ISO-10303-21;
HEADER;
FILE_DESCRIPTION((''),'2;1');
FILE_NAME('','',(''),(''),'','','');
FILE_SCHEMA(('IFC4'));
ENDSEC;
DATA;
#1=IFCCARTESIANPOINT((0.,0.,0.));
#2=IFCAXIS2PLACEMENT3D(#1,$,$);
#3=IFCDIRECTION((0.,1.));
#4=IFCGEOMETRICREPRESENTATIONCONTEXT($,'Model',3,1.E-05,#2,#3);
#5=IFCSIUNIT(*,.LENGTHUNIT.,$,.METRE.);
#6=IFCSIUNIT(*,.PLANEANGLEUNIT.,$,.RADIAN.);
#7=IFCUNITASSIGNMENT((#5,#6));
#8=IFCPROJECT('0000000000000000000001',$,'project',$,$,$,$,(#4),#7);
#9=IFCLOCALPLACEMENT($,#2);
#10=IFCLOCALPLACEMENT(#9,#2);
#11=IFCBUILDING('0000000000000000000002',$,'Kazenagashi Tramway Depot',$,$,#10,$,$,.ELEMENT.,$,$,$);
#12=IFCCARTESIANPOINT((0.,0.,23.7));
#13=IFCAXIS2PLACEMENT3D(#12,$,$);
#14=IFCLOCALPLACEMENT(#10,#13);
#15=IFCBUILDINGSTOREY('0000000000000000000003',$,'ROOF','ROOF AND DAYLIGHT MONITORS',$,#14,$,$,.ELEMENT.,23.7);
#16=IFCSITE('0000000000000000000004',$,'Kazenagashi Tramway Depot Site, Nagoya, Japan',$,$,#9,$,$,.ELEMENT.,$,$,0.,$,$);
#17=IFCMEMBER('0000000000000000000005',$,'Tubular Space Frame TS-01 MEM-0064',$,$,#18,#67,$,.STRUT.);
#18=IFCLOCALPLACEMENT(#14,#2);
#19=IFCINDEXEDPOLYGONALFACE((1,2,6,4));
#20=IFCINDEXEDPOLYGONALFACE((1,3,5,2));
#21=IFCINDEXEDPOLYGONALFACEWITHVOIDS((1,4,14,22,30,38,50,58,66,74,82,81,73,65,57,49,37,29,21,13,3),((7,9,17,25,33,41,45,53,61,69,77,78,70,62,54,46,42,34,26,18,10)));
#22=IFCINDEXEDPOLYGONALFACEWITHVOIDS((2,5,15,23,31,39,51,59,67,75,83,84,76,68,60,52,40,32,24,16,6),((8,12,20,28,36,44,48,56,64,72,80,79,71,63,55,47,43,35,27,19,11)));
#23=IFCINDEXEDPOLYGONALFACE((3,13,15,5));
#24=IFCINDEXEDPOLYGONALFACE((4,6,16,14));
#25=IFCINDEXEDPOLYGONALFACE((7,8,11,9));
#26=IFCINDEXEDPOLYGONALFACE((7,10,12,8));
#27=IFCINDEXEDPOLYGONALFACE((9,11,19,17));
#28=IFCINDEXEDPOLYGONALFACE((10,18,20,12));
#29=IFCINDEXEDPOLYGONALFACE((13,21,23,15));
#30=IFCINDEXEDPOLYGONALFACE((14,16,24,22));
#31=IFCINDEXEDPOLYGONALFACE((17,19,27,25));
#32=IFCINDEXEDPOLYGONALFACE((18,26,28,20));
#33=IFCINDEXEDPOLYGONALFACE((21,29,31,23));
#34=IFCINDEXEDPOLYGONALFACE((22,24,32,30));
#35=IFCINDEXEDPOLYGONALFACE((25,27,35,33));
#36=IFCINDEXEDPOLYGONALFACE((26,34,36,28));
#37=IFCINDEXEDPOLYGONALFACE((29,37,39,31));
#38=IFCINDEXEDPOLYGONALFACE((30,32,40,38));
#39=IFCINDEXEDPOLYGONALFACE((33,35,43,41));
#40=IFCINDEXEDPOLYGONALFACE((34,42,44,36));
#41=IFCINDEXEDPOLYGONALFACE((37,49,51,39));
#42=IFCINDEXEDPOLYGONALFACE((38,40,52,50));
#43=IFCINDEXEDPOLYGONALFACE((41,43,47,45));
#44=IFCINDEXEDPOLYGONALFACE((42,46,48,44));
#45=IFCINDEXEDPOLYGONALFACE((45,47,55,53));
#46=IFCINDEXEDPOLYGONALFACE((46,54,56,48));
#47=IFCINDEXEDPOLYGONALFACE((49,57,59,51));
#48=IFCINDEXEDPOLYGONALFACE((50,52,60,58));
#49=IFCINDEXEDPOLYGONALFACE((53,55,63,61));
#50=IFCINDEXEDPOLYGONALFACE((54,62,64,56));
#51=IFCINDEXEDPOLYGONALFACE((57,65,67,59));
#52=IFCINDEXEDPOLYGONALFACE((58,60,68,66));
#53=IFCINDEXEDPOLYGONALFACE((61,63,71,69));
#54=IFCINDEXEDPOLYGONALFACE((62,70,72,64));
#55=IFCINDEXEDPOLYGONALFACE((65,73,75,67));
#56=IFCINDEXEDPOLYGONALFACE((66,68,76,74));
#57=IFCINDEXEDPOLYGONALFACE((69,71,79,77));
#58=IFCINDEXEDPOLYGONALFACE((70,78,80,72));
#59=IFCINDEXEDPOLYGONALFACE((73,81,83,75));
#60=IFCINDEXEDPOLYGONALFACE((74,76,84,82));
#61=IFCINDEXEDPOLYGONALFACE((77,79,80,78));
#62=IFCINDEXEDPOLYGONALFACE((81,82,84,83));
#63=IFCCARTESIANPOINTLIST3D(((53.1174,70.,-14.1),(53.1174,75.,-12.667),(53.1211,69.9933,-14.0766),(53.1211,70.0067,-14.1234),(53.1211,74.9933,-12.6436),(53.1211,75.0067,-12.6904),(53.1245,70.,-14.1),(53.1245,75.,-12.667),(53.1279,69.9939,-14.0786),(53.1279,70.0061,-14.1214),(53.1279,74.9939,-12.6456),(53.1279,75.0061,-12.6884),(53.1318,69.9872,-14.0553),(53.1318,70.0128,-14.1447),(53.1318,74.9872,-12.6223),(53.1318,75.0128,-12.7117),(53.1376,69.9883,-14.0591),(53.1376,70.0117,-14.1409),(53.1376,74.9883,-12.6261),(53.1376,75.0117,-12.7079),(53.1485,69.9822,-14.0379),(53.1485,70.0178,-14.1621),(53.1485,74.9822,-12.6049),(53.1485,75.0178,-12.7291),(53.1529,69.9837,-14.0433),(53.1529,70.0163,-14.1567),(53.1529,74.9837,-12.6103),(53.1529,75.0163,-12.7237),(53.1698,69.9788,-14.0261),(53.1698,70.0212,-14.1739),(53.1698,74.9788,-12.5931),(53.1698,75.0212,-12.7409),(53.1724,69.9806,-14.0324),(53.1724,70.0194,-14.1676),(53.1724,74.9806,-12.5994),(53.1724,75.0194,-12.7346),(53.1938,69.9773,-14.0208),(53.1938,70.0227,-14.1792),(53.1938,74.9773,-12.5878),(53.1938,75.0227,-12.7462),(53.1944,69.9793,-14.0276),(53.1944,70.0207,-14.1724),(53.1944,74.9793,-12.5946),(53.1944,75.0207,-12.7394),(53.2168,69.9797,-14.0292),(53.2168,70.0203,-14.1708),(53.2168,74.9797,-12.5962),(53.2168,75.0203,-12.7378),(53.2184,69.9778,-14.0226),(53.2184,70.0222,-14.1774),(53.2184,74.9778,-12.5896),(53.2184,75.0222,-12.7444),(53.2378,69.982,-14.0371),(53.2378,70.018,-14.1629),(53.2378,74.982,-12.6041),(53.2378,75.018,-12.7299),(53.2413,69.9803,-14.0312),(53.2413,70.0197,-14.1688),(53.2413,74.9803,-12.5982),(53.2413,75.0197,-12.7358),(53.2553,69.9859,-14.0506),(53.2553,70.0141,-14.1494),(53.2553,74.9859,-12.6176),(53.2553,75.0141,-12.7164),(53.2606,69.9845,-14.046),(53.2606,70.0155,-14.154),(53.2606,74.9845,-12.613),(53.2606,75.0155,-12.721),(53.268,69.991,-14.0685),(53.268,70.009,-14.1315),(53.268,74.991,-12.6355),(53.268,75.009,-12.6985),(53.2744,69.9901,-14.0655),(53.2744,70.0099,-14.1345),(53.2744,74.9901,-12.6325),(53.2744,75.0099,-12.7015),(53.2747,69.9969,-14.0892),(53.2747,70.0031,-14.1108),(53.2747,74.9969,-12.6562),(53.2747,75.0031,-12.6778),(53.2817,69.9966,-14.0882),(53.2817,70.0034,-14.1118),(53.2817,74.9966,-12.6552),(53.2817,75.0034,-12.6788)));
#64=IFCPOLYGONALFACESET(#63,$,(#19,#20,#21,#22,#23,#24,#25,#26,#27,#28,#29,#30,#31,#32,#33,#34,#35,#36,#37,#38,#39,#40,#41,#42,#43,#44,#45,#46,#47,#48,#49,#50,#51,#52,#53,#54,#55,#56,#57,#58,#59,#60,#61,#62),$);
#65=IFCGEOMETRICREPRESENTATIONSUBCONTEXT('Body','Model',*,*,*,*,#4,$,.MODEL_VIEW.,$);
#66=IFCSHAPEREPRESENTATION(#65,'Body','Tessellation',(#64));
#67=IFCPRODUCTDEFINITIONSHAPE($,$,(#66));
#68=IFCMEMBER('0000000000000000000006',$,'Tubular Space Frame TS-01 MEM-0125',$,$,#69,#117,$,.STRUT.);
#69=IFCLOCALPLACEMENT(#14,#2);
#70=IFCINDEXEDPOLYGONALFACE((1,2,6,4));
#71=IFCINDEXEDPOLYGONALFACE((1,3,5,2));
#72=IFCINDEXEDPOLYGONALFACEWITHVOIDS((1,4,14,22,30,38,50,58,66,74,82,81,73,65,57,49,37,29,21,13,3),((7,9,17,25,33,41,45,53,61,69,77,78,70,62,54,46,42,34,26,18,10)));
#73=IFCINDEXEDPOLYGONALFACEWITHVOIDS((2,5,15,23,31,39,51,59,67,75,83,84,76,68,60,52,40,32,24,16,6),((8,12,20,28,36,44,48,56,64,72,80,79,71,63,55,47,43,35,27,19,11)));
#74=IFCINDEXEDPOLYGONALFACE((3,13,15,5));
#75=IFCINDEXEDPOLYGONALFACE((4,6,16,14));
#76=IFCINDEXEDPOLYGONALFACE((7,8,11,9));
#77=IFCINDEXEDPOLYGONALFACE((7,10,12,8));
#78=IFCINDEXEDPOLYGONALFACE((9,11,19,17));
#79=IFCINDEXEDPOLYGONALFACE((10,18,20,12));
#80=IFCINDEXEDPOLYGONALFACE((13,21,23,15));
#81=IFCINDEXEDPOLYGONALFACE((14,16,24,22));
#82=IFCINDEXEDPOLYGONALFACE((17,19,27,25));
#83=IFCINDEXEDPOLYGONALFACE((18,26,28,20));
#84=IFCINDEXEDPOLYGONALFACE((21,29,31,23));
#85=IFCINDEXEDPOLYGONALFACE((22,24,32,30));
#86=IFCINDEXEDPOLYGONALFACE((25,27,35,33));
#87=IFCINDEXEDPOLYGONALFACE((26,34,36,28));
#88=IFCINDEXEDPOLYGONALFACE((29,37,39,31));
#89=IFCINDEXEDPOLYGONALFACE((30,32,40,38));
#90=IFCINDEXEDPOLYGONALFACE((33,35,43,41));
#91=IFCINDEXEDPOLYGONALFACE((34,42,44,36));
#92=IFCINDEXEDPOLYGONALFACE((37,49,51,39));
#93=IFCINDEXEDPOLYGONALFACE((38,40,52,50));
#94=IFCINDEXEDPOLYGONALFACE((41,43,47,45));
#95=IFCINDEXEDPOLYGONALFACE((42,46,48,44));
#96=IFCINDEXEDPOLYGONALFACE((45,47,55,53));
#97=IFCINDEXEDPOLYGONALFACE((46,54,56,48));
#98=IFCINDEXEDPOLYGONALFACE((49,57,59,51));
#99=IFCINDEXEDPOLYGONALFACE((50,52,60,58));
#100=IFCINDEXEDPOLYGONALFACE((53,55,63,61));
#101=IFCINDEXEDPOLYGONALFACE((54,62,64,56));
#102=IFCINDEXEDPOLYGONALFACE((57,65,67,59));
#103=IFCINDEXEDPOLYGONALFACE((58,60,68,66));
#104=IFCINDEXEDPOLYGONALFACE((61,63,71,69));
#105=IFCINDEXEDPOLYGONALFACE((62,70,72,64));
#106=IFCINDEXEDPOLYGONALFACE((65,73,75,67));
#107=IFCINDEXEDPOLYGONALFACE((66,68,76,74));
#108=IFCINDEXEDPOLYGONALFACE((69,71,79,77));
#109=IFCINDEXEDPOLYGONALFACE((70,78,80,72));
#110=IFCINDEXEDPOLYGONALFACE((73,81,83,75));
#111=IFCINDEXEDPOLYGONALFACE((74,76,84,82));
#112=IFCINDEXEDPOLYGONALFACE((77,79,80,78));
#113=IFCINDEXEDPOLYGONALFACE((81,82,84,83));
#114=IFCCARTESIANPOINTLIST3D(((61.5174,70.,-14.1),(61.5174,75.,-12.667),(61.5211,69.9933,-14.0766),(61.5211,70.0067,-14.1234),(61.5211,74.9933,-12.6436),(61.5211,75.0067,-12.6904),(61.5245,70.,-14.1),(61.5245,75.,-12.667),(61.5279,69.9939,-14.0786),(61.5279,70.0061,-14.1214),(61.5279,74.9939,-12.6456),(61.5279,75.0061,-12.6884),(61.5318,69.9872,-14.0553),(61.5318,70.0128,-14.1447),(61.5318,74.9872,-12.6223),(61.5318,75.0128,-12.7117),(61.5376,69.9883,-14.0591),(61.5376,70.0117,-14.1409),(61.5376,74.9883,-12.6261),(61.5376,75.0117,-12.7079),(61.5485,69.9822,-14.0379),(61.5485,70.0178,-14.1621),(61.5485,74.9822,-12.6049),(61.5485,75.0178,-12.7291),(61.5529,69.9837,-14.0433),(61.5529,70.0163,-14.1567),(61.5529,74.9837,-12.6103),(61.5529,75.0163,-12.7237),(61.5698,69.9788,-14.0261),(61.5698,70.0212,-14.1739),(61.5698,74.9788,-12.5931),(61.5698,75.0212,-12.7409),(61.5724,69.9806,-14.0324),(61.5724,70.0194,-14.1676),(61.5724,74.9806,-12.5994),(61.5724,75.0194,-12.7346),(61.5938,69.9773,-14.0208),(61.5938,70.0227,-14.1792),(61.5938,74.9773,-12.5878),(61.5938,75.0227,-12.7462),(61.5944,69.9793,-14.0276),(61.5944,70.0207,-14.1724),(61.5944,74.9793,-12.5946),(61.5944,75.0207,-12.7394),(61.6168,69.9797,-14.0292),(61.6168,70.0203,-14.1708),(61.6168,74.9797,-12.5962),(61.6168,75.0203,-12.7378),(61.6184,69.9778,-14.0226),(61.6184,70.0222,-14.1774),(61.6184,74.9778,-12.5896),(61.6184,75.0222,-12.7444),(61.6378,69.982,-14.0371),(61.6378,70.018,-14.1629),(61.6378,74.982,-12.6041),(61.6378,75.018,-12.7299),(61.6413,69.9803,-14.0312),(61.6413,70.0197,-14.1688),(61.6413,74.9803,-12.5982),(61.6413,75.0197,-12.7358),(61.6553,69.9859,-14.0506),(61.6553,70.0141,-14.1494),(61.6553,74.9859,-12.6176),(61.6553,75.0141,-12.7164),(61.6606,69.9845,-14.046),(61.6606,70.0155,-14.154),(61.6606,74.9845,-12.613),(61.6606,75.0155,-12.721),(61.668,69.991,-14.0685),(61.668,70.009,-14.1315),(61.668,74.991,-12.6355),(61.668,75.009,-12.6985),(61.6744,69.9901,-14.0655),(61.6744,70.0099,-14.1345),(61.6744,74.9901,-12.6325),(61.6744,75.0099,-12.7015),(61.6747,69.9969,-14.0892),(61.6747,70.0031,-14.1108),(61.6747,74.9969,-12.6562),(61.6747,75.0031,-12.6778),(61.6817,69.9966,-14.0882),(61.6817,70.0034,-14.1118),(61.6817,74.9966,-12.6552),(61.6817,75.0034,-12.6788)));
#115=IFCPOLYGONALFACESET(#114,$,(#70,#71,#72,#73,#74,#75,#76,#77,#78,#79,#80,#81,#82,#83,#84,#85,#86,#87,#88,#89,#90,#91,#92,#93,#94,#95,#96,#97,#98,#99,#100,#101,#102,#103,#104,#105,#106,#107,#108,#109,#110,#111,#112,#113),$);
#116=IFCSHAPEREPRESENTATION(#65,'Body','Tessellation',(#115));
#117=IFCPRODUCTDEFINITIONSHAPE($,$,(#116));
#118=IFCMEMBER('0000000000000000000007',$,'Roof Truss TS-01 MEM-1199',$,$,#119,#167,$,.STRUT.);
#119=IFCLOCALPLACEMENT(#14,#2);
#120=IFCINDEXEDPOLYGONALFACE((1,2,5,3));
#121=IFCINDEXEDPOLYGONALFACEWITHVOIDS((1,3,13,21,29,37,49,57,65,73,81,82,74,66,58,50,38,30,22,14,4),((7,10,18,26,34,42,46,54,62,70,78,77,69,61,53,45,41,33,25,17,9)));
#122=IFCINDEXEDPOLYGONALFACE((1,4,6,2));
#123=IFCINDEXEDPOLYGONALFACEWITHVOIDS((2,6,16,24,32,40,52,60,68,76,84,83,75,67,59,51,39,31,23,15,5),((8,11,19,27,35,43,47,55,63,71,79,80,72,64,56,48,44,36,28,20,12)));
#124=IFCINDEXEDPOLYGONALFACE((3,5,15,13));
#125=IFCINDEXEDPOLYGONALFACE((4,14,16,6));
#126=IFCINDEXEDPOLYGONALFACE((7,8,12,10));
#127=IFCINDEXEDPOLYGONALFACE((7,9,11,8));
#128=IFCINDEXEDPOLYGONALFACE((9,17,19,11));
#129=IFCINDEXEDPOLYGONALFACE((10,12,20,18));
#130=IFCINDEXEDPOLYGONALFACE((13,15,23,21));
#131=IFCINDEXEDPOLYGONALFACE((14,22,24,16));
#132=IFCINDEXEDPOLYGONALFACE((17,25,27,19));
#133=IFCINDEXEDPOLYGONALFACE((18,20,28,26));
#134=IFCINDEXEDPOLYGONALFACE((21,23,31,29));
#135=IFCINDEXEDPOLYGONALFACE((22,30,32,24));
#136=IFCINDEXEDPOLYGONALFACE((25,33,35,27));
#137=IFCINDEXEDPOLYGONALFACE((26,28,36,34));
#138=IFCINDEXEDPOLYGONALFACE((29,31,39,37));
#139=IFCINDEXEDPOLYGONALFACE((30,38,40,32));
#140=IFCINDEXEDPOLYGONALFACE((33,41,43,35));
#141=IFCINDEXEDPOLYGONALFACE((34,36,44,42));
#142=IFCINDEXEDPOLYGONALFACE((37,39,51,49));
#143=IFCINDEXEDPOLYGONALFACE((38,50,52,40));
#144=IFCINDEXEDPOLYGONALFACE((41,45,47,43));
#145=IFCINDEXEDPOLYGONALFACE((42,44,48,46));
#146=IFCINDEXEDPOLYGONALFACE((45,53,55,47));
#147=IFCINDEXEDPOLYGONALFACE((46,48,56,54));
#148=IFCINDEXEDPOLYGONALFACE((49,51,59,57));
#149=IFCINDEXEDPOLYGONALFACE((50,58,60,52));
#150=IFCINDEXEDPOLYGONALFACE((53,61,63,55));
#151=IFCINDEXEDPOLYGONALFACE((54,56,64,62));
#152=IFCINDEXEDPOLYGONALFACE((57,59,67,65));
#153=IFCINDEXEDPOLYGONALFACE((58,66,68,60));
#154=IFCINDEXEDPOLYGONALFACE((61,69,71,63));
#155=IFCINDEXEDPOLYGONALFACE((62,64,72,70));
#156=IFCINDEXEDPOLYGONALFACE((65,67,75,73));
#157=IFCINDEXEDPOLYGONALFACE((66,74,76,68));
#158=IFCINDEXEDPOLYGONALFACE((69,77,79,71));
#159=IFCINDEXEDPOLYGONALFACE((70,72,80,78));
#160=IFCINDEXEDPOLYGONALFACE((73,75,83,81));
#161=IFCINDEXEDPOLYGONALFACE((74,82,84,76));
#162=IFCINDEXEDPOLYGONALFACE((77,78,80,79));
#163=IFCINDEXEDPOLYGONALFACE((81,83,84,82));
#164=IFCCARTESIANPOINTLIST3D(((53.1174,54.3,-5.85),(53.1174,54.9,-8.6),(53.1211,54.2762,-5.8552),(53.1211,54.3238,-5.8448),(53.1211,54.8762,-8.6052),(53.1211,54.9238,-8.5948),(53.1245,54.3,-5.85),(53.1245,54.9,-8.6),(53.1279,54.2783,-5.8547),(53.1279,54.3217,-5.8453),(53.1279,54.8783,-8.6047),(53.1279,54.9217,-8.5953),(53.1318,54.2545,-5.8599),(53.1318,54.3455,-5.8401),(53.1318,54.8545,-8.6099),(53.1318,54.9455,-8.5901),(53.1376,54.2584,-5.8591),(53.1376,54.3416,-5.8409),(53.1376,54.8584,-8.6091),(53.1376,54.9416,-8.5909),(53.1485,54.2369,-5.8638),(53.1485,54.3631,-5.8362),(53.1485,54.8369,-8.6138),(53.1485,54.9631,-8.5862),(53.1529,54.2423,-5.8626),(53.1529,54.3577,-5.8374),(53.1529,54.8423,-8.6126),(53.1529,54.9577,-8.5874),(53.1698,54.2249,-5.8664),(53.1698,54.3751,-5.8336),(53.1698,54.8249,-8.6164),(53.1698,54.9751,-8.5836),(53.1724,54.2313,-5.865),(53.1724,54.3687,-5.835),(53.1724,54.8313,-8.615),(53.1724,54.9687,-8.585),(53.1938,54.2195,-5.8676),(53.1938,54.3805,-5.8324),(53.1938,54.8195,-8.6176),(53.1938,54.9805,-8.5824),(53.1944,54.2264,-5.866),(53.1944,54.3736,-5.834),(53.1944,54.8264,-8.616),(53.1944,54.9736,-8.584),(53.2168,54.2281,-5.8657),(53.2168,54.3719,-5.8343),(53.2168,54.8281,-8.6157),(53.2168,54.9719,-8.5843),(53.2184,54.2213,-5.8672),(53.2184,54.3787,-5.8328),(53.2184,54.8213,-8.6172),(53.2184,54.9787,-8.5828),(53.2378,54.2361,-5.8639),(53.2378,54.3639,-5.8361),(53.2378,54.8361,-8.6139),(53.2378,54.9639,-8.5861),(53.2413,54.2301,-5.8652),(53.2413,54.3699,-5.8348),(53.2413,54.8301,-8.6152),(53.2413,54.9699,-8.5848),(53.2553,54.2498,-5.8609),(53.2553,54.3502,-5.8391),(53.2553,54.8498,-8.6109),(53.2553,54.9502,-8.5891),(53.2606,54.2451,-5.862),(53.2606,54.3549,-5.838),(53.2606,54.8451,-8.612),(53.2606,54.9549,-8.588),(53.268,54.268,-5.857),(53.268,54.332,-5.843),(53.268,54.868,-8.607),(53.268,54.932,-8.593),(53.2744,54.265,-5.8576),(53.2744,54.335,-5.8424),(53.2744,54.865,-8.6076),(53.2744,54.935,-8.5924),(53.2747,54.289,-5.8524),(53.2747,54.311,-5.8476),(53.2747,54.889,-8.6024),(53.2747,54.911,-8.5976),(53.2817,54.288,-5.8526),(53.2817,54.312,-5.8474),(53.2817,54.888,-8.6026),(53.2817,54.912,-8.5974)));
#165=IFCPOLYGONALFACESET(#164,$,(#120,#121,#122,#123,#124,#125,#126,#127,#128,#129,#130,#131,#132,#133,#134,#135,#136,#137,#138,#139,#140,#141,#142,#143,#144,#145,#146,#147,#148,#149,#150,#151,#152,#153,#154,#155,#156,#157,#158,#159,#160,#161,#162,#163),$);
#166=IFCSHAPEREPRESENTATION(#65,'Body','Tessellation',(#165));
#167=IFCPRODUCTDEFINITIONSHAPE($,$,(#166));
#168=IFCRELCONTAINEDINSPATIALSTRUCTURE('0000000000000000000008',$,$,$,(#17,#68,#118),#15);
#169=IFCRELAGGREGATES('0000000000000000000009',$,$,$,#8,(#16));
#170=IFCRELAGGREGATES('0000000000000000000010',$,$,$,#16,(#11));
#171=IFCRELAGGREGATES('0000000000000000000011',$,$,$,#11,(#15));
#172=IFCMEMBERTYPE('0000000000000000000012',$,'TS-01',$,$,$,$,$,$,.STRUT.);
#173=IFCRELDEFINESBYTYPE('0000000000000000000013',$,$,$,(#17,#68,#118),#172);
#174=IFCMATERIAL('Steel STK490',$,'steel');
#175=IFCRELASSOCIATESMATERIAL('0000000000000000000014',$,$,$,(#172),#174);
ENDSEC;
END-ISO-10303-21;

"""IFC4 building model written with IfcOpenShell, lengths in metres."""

from ifc_helpers import new_model, si_unit, direction, frame, origin, origin_2d, place, context, subcontext, project, spatial, hollow_circle, extrude, material, material_profile, profile_set, type_object, element, save


model = new_model("IFC4")

# Units and contexts
model_context = context("Model", 3, precision=1e-05, world=origin(), true_north=direction((0.0, 1.0)))
body_context = subcontext(model_context, "Body", "Model", "MODEL_VIEW")
ifc_project = project(units=[si_unit("LENGTHUNIT", "METRE"), si_unit("PLANEANGLEUNIT", "RADIAN")], contexts=[model_context])

# Site, building, storey
site_placement = place(None, origin())
site = spatial("IfcSite", under=ifc_project, at=site_placement, Name="Kazenagashi Tramway Depot Site, Nagoya, Japan", CompositionType="ELEMENT", RefElevation=0.0)
building_placement = place(site_placement, origin())
building = spatial("IfcBuilding", under=site, at=building_placement, Name="Kazenagashi Tramway Depot", CompositionType="ELEMENT")
storey_placement = place(building_placement, frame((0.0, 0.0, 23.7)))
storey = spatial("IfcBuildingStorey", under=building, at=storey_placement, Name="ROOF", Description="ROOF AND DAYLIGHT MONITORS", CompositionType="ELEMENT", Elevation=23.7)

# Members
ifc_material_1 = material(Name="Steel STK490", Category="steel")
ifc_material_profile_1 = material_profile(ifc_material_1, hollow_circle(Radius=0.0826, WallThickness=0.0071, at=origin_2d()), Name="CHS-165.2x7.1")
ifc_profile_set_1 = profile_set([ifc_material_profile_1], Name="Steel STK490")
member_type_1 = type_object("IfcMemberType", Name="TS-01", PredefinedType="STRUT", material=ifc_profile_set_1)
for number, where, z_axis, x_axis, name in (
    (1, (53.2, 70.0, -14.1), (0.0, 0.961299, 0.275508), (-1.0, 0.0, 0.0), "Tubular Space Frame TS-01 MEM-0064"),
    (2, (61.6, 70.0, -14.1), (0.0, 0.961299, 0.275508), (-1.0, 0.0, 0.0), "Tubular Space Frame TS-01 MEM-0125"),
):
    element("IfcMember", number, at=place(storey_placement, frame(where, z_axis=z_axis, x_axis=x_axis)), inside=storey, type_object=member_type_1, Name=name, PredefinedType="STRUT", context=body_context, shape_type="SweptSolid", body=[
        extrude(hollow_circle(Radius=0.0826, WallThickness=0.0071, at=origin_2d()), origin(), (0.0, 0.0, 1.0), 5.2013),
    ])
for number, where, z_axis, x_axis, name in (
    (3, (53.2, 54.3, -5.85), (0.0, 0.213167, -0.977016), (-1.0, 0.0, 0.0), "Roof Truss TS-01 MEM-1199"),
):
    element("IfcMember", number, at=place(storey_placement, frame(where, z_axis=z_axis, x_axis=x_axis)), inside=storey, type_object=member_type_1, Name=name, PredefinedType="STRUT", context=body_context, shape_type="SweptSolid", body=[
        extrude(hollow_circle(Radius=0.0826, WallThickness=0.0071, at=origin_2d()), origin(), (0.0, 0.0, 1.0), 2.8147),
    ])

save(model, "model.ifc")
